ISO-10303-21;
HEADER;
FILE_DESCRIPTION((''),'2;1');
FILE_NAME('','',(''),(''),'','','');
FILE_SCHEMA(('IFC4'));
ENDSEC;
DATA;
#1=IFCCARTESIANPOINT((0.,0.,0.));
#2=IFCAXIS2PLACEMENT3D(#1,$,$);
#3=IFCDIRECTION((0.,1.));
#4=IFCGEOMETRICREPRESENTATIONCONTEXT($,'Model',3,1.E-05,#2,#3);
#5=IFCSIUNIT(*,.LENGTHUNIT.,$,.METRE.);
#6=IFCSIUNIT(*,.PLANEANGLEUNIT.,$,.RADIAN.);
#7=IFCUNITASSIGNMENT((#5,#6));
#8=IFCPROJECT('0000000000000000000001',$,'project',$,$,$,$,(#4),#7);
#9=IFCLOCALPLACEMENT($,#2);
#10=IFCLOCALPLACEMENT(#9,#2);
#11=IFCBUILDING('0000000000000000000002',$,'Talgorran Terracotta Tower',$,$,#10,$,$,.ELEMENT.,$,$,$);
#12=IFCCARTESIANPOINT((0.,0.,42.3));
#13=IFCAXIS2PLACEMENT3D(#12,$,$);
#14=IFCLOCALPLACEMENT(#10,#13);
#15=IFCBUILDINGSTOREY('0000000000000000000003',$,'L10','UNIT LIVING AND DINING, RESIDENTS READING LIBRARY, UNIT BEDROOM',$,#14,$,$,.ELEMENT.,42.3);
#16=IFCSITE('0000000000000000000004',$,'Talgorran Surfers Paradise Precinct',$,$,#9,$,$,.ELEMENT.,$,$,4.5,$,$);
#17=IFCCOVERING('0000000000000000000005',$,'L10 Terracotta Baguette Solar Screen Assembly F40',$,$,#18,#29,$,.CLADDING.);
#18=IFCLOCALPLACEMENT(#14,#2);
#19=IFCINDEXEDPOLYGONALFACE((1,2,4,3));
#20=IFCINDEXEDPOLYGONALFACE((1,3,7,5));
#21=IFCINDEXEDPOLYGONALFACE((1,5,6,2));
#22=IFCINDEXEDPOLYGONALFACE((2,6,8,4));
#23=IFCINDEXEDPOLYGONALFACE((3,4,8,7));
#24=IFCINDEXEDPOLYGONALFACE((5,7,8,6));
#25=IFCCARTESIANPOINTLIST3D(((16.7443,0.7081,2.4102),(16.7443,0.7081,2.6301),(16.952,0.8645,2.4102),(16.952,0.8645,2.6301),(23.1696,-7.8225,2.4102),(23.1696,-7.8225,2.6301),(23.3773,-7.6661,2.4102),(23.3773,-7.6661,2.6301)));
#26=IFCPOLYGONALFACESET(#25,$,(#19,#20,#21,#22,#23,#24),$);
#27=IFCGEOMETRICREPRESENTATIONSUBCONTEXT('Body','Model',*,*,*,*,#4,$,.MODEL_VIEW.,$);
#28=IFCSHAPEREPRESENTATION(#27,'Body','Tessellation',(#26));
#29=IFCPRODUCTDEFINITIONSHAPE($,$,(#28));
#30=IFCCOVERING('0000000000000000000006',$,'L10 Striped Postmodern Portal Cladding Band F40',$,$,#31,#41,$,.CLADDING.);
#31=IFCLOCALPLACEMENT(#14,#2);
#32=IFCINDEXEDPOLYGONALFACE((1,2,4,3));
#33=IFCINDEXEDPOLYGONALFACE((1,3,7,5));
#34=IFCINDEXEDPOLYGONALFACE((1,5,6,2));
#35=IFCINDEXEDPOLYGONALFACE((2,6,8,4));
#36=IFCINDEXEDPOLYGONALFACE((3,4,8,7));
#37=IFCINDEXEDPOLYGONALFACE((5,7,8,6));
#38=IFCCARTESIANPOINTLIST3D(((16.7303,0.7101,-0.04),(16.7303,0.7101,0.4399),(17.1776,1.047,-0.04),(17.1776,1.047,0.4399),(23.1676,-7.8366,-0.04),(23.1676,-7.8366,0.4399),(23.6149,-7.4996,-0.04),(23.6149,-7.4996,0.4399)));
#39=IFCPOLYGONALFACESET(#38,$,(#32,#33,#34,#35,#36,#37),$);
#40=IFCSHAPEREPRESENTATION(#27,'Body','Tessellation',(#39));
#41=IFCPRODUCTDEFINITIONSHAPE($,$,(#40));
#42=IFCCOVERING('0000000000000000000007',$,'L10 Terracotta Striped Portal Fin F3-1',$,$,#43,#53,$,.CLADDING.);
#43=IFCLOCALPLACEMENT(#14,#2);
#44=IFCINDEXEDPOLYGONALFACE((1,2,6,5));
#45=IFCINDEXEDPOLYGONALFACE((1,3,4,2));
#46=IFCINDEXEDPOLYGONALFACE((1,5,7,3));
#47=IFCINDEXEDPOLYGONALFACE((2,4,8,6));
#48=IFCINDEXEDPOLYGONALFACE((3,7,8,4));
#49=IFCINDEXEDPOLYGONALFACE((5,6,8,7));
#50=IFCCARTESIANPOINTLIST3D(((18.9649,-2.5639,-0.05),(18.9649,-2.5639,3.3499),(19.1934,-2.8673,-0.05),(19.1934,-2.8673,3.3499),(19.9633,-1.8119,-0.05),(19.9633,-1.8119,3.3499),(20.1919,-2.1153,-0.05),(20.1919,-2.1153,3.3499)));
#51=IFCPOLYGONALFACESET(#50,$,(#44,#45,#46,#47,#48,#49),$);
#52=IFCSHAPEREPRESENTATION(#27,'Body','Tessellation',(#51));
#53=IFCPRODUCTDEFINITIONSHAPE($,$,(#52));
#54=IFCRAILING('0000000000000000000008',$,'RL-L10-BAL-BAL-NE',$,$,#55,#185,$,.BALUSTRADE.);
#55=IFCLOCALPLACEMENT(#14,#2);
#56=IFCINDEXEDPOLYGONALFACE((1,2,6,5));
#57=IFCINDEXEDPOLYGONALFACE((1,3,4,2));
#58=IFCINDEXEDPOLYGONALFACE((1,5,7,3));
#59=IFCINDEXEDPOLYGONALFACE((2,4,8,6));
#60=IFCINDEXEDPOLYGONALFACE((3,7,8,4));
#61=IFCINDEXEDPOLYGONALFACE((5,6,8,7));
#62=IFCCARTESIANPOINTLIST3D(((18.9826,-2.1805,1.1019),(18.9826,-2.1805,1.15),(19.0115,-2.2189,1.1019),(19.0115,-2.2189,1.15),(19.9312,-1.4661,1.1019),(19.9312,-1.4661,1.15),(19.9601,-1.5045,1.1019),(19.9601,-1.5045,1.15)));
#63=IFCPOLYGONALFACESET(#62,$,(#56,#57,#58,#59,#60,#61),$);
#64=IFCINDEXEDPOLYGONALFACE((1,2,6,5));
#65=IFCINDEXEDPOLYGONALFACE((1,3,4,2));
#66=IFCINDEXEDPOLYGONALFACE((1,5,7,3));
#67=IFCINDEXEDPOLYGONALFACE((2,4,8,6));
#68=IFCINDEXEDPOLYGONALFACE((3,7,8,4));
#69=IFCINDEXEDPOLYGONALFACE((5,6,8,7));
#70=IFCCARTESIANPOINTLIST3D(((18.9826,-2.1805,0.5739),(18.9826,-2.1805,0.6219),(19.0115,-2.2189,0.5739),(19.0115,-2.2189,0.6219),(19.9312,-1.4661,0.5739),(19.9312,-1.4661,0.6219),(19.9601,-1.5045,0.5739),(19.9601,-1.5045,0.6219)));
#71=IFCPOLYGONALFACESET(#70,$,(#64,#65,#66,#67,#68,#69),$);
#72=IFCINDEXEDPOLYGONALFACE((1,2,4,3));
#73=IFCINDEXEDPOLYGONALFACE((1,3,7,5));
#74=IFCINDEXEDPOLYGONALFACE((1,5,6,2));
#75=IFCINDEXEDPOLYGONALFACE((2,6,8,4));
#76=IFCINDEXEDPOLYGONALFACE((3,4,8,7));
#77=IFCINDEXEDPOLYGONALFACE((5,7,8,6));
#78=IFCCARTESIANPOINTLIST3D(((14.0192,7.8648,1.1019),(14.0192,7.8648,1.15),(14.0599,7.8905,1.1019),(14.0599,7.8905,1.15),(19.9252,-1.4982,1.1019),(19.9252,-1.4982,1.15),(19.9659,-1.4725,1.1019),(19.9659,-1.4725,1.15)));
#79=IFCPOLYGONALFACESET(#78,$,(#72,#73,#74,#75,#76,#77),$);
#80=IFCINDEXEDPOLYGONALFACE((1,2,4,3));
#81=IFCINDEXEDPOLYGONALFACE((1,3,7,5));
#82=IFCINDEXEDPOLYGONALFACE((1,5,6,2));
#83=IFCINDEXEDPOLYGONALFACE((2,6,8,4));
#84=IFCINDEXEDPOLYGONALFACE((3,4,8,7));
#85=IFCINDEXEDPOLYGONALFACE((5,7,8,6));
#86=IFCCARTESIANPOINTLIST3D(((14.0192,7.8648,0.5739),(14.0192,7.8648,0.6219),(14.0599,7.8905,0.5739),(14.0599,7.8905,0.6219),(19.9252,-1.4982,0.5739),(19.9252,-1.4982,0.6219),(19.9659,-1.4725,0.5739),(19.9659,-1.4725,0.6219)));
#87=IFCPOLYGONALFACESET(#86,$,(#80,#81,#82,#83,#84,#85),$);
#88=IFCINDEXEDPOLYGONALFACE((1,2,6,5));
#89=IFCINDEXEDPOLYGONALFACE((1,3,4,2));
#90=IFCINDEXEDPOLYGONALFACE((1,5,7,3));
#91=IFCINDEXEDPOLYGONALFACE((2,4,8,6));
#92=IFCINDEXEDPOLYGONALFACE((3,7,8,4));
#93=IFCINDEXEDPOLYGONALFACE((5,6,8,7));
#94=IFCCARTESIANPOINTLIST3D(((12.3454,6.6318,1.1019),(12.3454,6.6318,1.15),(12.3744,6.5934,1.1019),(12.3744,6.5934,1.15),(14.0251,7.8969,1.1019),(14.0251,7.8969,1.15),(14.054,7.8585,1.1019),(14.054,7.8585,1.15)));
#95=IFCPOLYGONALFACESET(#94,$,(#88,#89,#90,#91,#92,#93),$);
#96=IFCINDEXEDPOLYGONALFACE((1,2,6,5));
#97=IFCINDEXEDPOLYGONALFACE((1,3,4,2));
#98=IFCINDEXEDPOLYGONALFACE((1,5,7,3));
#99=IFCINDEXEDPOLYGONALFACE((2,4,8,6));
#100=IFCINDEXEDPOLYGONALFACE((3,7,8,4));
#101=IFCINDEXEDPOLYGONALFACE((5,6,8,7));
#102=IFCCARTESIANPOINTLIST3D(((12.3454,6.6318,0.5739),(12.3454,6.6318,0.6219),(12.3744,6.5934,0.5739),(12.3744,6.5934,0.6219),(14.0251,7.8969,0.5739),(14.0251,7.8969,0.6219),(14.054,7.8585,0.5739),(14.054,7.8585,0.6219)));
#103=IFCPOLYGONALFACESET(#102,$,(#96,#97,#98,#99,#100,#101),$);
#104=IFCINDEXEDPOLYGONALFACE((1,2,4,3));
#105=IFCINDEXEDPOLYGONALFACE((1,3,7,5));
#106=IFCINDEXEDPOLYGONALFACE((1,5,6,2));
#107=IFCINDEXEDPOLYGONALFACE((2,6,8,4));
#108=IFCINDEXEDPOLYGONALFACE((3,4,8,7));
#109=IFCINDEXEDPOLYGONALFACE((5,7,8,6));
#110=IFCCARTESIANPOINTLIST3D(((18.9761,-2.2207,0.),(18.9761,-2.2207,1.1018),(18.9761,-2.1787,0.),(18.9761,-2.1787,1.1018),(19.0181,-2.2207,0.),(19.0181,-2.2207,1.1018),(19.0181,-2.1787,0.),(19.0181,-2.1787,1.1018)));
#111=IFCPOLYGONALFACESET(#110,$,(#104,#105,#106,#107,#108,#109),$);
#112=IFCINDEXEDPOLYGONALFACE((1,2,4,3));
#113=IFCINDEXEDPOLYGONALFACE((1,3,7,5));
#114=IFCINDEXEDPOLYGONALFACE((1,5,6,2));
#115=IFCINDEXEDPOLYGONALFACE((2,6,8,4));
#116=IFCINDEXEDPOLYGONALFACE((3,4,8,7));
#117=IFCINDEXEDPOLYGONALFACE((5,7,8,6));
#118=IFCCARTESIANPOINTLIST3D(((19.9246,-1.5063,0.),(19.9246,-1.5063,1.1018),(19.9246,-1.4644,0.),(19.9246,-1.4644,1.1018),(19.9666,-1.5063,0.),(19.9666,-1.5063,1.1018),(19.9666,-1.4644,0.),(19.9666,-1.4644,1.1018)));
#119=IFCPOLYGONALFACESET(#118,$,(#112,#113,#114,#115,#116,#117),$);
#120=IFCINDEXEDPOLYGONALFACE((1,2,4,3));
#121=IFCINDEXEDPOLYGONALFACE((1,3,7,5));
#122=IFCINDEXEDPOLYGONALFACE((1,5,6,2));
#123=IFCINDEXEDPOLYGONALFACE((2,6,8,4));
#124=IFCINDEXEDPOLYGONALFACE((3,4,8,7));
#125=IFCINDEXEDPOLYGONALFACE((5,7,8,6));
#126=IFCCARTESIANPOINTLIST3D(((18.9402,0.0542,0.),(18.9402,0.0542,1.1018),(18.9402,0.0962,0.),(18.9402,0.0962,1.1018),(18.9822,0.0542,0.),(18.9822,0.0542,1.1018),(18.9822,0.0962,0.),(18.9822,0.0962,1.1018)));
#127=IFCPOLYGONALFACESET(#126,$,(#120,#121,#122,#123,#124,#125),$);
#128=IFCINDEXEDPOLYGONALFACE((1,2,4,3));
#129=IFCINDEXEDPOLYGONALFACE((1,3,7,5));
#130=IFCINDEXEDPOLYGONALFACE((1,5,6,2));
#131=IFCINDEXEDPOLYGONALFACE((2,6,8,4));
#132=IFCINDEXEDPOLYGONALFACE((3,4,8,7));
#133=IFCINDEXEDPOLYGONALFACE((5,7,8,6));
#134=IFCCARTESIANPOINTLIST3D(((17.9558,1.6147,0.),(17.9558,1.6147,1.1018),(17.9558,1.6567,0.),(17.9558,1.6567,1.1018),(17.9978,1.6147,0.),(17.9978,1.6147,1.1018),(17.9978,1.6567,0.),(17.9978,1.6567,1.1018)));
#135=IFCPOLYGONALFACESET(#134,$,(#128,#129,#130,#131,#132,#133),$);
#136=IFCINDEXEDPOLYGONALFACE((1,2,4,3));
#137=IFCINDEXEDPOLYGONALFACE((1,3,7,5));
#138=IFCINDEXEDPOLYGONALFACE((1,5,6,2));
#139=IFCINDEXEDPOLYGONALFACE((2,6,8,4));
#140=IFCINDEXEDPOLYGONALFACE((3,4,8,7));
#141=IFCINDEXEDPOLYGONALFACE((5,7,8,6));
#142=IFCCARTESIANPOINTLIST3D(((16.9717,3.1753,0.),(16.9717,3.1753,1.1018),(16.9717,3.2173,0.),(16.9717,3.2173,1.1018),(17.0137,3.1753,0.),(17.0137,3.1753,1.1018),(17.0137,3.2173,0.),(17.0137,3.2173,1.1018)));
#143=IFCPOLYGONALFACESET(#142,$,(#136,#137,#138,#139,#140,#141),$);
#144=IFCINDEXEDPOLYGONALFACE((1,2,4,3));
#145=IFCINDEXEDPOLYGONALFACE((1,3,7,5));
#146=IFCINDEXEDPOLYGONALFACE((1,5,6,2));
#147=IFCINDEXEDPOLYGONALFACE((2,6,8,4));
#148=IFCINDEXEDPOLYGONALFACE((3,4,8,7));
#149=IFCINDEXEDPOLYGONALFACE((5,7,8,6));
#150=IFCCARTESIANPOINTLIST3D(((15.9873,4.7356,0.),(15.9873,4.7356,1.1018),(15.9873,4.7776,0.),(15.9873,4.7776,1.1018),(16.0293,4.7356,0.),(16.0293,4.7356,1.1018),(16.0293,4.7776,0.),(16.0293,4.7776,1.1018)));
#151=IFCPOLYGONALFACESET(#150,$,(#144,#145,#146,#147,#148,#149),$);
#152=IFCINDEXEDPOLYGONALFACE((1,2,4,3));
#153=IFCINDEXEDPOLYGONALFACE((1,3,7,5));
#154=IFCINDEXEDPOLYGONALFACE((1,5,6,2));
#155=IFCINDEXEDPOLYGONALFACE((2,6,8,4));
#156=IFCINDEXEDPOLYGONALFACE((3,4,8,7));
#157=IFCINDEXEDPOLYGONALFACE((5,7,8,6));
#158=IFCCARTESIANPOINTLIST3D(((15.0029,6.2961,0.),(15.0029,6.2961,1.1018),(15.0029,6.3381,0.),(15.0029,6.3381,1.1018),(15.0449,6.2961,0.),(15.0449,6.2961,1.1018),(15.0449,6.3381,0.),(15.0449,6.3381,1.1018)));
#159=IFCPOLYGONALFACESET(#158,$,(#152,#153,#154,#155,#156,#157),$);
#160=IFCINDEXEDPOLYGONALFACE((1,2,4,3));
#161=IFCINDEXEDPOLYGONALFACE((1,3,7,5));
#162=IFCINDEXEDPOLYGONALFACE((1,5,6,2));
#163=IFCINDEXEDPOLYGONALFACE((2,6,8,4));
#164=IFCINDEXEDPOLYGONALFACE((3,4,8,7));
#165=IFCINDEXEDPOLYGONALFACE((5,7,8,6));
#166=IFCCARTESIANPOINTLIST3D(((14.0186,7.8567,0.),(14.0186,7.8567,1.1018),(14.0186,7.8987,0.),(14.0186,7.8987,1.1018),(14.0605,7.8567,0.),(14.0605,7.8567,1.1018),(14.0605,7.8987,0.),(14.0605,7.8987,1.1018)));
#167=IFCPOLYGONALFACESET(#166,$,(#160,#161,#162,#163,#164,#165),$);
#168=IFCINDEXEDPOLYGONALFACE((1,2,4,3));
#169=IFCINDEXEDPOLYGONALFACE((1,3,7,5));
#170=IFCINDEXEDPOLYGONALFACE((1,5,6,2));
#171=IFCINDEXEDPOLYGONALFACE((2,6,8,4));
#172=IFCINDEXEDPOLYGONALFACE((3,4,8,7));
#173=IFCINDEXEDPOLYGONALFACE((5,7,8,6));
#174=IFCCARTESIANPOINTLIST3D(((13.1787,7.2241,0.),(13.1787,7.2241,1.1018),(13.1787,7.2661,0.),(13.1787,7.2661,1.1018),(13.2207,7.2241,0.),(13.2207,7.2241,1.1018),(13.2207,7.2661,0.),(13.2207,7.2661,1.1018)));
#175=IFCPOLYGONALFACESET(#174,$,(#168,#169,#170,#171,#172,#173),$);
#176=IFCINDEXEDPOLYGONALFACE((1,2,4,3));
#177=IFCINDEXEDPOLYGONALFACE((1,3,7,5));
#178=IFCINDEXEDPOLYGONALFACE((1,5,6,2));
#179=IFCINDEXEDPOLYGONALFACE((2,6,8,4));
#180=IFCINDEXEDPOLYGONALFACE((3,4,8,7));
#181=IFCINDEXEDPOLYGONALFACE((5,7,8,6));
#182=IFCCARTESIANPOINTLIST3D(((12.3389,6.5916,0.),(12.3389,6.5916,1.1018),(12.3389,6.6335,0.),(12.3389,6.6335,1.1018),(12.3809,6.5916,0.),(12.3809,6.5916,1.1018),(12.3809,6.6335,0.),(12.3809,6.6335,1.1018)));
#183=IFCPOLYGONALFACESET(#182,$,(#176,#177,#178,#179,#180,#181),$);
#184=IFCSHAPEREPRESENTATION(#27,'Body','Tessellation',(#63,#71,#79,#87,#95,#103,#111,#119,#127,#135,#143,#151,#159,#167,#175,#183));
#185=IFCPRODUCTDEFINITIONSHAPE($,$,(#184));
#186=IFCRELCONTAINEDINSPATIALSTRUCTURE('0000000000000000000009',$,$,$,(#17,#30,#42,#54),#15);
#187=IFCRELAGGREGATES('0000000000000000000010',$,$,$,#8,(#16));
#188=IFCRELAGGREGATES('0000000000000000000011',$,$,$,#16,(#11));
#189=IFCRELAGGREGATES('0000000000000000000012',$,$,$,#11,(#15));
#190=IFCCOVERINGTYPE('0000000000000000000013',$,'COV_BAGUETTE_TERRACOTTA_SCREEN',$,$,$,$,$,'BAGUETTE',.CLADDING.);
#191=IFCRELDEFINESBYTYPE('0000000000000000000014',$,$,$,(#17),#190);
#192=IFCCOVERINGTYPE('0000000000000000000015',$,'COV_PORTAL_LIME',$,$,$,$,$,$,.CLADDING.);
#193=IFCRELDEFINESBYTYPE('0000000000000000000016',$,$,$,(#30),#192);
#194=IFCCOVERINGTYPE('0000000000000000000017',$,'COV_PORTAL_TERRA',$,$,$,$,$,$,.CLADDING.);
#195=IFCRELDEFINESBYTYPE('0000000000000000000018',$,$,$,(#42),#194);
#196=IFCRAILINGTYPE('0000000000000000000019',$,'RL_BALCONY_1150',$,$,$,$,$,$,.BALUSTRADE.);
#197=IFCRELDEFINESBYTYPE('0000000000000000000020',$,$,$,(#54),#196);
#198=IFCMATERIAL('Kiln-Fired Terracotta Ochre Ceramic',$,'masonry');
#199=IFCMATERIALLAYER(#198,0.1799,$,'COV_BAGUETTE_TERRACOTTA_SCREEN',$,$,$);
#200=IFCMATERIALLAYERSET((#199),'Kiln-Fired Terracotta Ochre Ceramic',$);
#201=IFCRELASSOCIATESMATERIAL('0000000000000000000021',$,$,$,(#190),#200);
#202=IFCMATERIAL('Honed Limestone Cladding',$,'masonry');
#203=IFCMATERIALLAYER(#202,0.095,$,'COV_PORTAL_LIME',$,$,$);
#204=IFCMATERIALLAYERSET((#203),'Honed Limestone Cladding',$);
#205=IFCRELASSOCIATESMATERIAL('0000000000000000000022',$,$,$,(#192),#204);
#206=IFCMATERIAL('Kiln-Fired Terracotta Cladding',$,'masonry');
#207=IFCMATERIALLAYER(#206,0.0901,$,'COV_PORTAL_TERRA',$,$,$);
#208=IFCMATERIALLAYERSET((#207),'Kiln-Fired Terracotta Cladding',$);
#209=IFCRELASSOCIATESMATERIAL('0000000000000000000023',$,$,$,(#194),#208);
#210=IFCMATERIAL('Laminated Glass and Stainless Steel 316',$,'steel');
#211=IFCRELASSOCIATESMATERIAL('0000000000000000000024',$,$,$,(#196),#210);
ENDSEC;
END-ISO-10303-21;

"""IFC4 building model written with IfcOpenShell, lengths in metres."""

from ifc_helpers import new_model, si_unit, direction, frame, origin, origin_2d, place, context, subcontext, project, spatial, rectangle, extrude, material, layer, layer_set, type_object, element, save


model = new_model("IFC4")

# Units and contexts
model_context = context("Model", 3, precision=1e-05, world=origin(), true_north=direction((0.0, 1.0)))
body_context = subcontext(model_context, "Body", "Model", "MODEL_VIEW")
ifc_project = project(units=[si_unit("LENGTHUNIT", "METRE"), si_unit("PLANEANGLEUNIT", "RADIAN")], contexts=[model_context])

# Site, building, storey
site_placement = place(None, origin())
site = spatial("IfcSite", under=ifc_project, at=site_placement, Name="Talgorran Surfers Paradise Precinct", CompositionType="ELEMENT", RefElevation=4.5)
building_placement = place(site_placement, origin())
building = spatial("IfcBuilding", under=site, at=building_placement, Name="Talgorran Terracotta Tower", CompositionType="ELEMENT")
storey_placement = place(building_placement, frame((0.0, 0.0, 42.3)))
storey = spatial("IfcBuildingStorey", under=building, at=storey_placement, Name="L10", Description="UNIT LIVING AND DINING, RESIDENTS READING LIBRARY, UNIT BEDROOM", CompositionType="ELEMENT", Elevation=42.3)

# Coverings
ifc_material_1 = material(Name="Kiln-Fired Terracotta Ochre Ceramic", Category="masonry")
ifc_layer_1 = layer(ifc_material_1, 0.1799, Name="COV_BAGUETTE_TERRACOTTA_SCREEN")
ifc_layer_set_1 = layer_set([ifc_layer_1], Name="Kiln-Fired Terracotta Ochre Ceramic")
covering_type_1 = type_object("IfcCoveringType", Name="COV_BAGUETTE_TERRACOTTA_SCREEN", ElementType="BAGUETTE", PredefinedType="CLADDING", material=ifc_layer_set_1)
covering_1_placement = place(storey_placement, frame((20.0608, -3.479, 2.4102), z_axis=(0.0, 0.0, 1.0), x_axis=(-0.601634, 0.798772, 0.0)))
element("IfcCovering", 1, at=covering_1_placement, inside=storey, type_object=covering_type_1, Name="L10 Terracotta Baguette Solar Screen Assembly F40", PredefinedType="CLADDING", context=body_context, shape_type="SweptSolid", body=[
    extrude(rectangle(XDim=10.6797, YDim=0.26, at=origin_2d()), origin(), (0.0, 0.0, 1.0), 0.22),
])
ifc_material_2 = material(Name="Honed Limestone Cladding", Category="masonry")
ifc_layer_2 = layer(ifc_material_2, 0.095, Name="COV_PORTAL_LIME")
ifc_layer_set_2 = layer_set([ifc_layer_2], Name="Honed Limestone Cladding")
covering_type_2 = type_object("IfcCoveringType", Name="COV_PORTAL_LIME", PredefinedType="CLADDING", material=ifc_layer_set_2)
covering_2_placement = place(storey_placement, frame((20.1726, -3.3948, -0.04), z_axis=(0.0, 0.0, 1.0), x_axis=(-0.601634, 0.798772, 0.0)))
element("IfcCovering", 2, at=covering_2_placement, inside=storey, type_object=covering_type_2, Name="L10 Striped Postmodern Portal Cladding Band F40", PredefinedType="CLADDING", context=body_context, shape_type="SweptSolid", body=[
    extrude(rectangle(XDim=10.6997, YDim=0.5601, at=origin_2d()), origin(), (0.0, 0.0, 1.0), 0.48),
])
ifc_material_3 = material(Name="Kiln-Fired Terracotta Cladding", Category="masonry")
ifc_layer_3 = layer(ifc_material_3, 0.0901, Name="COV_PORTAL_TERRA")
ifc_layer_set_3 = layer_set([ifc_layer_3], Name="Kiln-Fired Terracotta Cladding")
covering_type_3 = type_object("IfcCoveringType", Name="COV_PORTAL_TERRA", PredefinedType="CLADDING", material=ifc_layer_set_3)
covering_3_placement = place(storey_placement, frame((19.5784, -2.3396, -0.05), z_axis=(0.0, 0.0, 1.0), x_axis=(-0.601634, 0.798772, 0.0)))
element("IfcCovering", 3, at=covering_3_placement, inside=storey, type_object=covering_type_3, Name="L10 Terracotta Striped Portal Fin F3-1", PredefinedType="CLADDING", context=body_context, shape_type="SweptSolid", body=[
    extrude(rectangle(XDim=0.3799, YDim=1.25, at=origin_2d()), origin(), (0.0, 0.0, 1.0), 3.3999),
])

# Railing
ifc_material_4 = material(Name="Laminated Glass and Stainless Steel 316", Category="steel")
railing_type = type_object("IfcRailingType", Name="RL_BALCONY_1150", PredefinedType="BALUSTRADE", material=ifc_material_4)
railing_placement = place(storey_placement, frame((18.9971, -2.1997, 0.0)))
element("IfcRailing", 4, at=railing_placement, inside=storey, type_object=railing_type, Name="RL-L10-BAL-BAL-NE", PredefinedType="BALUSTRADE", context=body_context, shape_type="SweptSolid", body=[
    extrude(rectangle(XDim=0.0481, YDim=0.0481, at=origin_2d()), frame((0.0, 0.0, 1.126), z_axis=(0.798789, 0.601611, 0.0), x_axis=(-0.601611, 0.798789, 0.0)), (0.0, 0.0, 1.0), 1.1875),
    extrude(rectangle(XDim=0.0481, YDim=0.0481, at=origin_2d()), frame((0.0, 0.0, 0.5979), z_axis=(0.798789, 0.601611, 0.0), x_axis=(-0.601611, 0.798789, 0.0)), (0.0, 0.0, 1.0), 1.1875),
    extrude(rectangle(XDim=0.0481, YDim=0.0481, at=origin_2d()), frame((0.9485, 0.7144, 1.126), z_axis=(-0.533509, 0.845794, 0.0), x_axis=(-0.845794, -0.533509, 0.0)), (0.0, 0.0, 1.0), 11.0701),
    extrude(rectangle(XDim=0.0481, YDim=0.0481, at=origin_2d()), frame((0.9485, 0.7144, 0.5979), z_axis=(-0.533509, 0.845794, 0.0), x_axis=(-0.845794, -0.533509, 0.0)), (0.0, 0.0, 1.0), 11.0701),
    extrude(rectangle(XDim=0.0481, YDim=0.0481, at=origin_2d()), frame((-4.9575, 10.0774, 1.126), z_axis=(-0.798772, -0.601633, 0.0), x_axis=(0.601633, -0.798772, 0.0)), (0.0, 0.0, 1.0), 2.1028),
    extrude(rectangle(XDim=0.0481, YDim=0.0481, at=origin_2d()), frame((-4.9575, 10.0774, 0.5979), z_axis=(-0.798772, -0.601633, 0.0), x_axis=(0.601633, -0.798772, 0.0)), (0.0, 0.0, 1.0), 2.1028),
    extrude(rectangle(XDim=0.042, YDim=0.042, at=origin_2d()), origin(), (0.0, 0.0, 1.0), 1.1018),
    extrude(rectangle(XDim=0.042, YDim=0.042, at=origin_2d()), frame((0.9485, 0.7144, 0.0)), (0.0, 0.0, 1.0), 1.1018),
    extrude(rectangle(XDim=0.042, YDim=0.042, at=origin_2d()), frame((-0.0359, 2.2749, 0.0)), (0.0, 0.0, 1.0), 1.1018),
    extrude(rectangle(XDim=0.042, YDim=0.042, at=origin_2d()), frame((-1.0203, 3.8354, 0.0)), (0.0, 0.0, 1.0), 1.1018),
    extrude(rectangle(XDim=0.042, YDim=0.042, at=origin_2d()), frame((-2.0044, 5.396, 0.0)), (0.0, 0.0, 1.0), 1.1018),
    extrude(rectangle(XDim=0.042, YDim=0.042, at=origin_2d()), frame((-2.9888, 6.9563, 0.0)), (0.0, 0.0, 1.0), 1.1018),
    extrude(rectangle(XDim=0.042, YDim=0.042, at=origin_2d()), frame((-3.9731, 8.5168, 0.0)), (0.0, 0.0, 1.0), 1.1018),
    extrude(rectangle(XDim=0.042, YDim=0.042, at=origin_2d()), frame((-4.9575, 10.0774, 0.0)), (0.0, 0.0, 1.0), 1.1018),
    extrude(rectangle(XDim=0.042, YDim=0.042, at=origin_2d()), frame((-5.7974, 9.4448, 0.0)), (0.0, 0.0, 1.0), 1.1018),
    extrude(rectangle(XDim=0.042, YDim=0.042, at=origin_2d()), frame((-6.6372, 8.8123, 0.0)), (0.0, 0.0, 1.0), 1.1018),
])

save(model, "model.ifc")
